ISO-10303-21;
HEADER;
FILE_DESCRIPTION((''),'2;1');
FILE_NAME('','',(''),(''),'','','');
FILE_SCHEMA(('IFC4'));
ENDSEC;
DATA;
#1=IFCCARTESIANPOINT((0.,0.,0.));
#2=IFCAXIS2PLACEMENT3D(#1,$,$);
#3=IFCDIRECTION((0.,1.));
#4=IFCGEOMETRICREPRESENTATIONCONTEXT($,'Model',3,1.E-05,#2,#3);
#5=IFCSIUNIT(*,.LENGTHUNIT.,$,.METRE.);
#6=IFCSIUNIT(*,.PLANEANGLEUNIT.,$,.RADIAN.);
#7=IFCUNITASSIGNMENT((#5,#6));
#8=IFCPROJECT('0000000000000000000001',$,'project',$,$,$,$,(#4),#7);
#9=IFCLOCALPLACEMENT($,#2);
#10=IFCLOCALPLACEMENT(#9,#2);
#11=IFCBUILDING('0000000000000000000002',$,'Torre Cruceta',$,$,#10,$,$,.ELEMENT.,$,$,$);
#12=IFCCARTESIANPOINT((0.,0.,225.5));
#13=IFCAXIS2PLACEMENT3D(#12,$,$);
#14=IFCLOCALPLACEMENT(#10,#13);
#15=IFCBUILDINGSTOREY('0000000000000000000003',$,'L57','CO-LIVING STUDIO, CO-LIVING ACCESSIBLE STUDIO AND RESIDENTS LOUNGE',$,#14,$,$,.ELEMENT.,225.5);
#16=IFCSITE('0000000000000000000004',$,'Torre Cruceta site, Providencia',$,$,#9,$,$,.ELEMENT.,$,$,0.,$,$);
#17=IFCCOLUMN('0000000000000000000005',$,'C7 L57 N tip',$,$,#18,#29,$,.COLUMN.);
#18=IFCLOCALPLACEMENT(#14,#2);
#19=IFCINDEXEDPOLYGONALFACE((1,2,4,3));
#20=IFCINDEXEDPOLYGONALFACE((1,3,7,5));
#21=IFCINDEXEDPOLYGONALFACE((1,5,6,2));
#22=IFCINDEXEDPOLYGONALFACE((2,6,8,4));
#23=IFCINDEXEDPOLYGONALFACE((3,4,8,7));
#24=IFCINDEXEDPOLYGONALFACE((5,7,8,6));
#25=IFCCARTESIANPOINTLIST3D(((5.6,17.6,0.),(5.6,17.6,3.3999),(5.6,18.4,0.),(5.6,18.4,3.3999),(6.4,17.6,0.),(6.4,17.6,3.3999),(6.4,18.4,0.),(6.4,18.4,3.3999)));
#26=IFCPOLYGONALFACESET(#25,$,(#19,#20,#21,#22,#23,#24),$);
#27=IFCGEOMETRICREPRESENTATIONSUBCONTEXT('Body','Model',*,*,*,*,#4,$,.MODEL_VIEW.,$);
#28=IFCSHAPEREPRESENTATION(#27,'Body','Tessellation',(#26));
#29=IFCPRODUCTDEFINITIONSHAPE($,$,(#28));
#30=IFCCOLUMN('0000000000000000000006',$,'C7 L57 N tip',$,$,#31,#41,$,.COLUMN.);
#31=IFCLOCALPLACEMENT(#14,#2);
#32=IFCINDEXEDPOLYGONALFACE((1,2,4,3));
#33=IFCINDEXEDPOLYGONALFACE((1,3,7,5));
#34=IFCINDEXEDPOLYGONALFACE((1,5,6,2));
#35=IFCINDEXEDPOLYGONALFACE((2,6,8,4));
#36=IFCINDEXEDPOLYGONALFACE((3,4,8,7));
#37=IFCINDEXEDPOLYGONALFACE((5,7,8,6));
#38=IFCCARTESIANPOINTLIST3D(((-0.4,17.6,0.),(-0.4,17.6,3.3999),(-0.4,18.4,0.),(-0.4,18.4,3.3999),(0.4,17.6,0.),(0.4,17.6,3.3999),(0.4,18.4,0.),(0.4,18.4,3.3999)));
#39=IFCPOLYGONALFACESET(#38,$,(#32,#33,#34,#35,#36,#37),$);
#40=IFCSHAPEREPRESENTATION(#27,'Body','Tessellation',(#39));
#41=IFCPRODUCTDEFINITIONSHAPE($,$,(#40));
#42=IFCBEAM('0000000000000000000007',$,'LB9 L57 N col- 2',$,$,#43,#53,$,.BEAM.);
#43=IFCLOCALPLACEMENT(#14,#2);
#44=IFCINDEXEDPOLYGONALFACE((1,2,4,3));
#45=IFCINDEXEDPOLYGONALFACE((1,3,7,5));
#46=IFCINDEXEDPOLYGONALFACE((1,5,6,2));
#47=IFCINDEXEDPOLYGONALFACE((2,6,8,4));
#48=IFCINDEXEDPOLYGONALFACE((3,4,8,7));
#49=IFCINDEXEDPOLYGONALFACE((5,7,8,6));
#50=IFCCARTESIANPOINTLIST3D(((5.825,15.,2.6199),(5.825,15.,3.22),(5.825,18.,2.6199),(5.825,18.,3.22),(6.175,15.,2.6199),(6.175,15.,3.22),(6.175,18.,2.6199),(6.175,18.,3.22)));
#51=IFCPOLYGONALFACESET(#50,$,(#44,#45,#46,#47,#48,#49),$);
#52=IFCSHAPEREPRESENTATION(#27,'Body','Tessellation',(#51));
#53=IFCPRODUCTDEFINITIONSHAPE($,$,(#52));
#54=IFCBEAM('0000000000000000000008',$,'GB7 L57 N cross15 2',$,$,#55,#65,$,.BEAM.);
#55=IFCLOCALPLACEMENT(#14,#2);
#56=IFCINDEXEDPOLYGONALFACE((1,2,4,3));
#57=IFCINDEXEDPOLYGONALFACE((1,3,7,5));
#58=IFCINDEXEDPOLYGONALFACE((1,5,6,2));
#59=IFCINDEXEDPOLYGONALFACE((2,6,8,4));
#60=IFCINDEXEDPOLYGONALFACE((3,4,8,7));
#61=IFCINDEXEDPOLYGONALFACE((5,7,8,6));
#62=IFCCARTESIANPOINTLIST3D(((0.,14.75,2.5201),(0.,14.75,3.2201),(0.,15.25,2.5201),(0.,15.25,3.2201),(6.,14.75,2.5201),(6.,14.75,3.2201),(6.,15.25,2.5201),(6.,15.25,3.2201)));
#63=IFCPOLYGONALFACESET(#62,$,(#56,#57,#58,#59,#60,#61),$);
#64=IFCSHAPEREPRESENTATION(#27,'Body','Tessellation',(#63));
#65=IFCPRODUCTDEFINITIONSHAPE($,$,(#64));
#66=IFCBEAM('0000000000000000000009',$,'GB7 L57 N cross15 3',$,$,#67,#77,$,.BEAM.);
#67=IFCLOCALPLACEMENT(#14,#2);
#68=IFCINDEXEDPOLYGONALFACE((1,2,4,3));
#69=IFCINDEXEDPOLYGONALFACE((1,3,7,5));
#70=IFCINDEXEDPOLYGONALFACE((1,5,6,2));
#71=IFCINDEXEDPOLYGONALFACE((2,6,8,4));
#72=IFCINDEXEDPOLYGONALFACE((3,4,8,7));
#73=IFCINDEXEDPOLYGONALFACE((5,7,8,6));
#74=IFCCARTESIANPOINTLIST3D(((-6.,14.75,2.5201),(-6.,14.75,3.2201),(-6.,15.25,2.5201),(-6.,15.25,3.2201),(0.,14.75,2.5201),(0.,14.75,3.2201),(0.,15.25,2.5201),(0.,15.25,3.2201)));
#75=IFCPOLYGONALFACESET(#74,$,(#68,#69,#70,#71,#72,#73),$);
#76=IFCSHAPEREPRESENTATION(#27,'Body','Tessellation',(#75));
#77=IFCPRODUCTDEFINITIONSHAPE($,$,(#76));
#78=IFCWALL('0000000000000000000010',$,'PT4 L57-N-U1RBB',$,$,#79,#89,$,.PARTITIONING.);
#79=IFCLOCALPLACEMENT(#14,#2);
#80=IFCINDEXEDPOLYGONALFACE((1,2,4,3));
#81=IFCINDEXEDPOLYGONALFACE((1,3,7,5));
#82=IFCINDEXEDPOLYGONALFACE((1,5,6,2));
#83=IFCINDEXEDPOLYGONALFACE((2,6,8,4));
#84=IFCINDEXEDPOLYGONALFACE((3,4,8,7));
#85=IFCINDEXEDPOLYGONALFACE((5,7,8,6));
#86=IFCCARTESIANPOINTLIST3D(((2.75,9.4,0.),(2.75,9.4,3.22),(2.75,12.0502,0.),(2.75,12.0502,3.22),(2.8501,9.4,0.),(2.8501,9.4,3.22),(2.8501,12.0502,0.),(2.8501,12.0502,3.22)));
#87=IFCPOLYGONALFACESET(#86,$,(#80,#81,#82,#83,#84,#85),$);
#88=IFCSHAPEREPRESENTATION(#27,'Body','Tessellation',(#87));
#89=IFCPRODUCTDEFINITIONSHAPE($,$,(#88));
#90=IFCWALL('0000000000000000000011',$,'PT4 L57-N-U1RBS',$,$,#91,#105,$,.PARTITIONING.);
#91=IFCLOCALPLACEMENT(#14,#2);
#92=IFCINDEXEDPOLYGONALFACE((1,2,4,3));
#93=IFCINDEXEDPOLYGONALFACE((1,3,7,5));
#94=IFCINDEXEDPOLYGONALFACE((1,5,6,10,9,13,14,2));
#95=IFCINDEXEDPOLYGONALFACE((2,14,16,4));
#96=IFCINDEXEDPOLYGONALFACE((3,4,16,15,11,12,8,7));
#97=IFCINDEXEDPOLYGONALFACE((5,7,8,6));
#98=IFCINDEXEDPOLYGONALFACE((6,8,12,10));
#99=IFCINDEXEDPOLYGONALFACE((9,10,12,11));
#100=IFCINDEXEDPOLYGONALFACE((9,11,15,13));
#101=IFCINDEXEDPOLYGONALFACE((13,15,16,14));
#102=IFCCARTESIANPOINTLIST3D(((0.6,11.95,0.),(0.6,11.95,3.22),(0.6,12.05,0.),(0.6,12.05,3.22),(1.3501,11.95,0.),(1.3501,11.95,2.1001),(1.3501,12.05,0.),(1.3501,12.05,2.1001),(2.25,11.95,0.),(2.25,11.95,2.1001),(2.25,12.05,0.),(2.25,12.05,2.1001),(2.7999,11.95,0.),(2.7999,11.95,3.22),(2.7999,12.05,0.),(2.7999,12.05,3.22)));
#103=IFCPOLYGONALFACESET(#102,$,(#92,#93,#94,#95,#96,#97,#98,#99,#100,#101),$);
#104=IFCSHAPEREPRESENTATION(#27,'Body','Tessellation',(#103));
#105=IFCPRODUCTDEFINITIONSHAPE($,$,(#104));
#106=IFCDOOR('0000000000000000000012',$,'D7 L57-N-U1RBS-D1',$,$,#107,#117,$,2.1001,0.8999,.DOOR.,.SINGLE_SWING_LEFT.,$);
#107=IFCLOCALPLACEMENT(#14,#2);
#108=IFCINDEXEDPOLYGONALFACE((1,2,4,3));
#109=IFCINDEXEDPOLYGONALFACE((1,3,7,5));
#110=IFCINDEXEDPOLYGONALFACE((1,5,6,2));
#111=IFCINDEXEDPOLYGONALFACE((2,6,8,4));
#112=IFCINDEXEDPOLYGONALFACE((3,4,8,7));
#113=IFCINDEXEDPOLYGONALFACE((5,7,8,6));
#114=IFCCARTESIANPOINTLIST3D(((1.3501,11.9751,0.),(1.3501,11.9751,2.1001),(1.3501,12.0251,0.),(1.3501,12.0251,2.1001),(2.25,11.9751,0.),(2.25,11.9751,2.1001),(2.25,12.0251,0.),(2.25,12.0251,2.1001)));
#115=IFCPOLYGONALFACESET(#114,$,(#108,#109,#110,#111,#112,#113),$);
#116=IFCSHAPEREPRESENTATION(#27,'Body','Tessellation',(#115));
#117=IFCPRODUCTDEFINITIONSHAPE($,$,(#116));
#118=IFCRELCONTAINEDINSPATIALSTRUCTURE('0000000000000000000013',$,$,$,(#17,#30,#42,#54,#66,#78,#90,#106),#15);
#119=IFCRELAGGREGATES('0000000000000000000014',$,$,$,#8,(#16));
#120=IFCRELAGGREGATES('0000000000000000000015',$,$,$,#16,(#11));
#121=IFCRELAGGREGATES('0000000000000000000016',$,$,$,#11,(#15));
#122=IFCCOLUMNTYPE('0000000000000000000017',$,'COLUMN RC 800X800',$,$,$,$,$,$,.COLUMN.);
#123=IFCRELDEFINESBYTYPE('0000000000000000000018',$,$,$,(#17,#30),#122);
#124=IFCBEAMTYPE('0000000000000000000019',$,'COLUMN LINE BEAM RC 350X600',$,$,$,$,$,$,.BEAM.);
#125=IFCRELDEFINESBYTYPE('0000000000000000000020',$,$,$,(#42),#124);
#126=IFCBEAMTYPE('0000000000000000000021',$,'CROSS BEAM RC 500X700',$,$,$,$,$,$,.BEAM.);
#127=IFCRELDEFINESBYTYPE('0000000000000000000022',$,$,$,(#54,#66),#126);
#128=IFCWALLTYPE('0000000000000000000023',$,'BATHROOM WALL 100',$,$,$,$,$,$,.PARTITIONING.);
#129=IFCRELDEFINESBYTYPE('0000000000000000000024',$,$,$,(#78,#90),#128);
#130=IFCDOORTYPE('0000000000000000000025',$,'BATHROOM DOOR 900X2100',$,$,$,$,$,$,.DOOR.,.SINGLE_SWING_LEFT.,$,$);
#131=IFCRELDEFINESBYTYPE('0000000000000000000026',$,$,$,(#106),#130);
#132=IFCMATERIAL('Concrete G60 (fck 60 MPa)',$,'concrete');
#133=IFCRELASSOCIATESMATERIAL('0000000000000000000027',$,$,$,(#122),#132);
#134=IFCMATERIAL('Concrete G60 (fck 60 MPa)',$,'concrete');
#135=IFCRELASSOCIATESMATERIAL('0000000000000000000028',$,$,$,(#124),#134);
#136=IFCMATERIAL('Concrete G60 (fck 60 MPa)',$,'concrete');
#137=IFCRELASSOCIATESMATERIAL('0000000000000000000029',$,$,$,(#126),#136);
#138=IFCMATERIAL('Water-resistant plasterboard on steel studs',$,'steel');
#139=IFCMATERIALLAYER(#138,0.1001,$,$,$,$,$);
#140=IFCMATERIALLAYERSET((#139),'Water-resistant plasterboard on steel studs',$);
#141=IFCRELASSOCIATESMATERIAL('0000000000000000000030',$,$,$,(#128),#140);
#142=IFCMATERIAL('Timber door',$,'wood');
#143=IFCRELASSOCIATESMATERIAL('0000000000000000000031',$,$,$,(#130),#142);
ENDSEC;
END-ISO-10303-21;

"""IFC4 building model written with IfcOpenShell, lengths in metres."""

from ifc_helpers import new_model, si_unit, direction, frame, frame_2d, origin, origin_2d, place, context, subcontext, project, spatial, rectangle, extrude, material, layer, layer_set, material_profile, profile_set, type_object, element, fill, save


model = new_model("IFC4")

# Units and contexts
model_context = context("Model", 3, precision=1e-05, world=origin(), true_north=direction((0.0, 1.0)))
body_context = subcontext(model_context, "Body", "Model", "MODEL_VIEW")
ifc_project = project(units=[si_unit("LENGTHUNIT", "METRE"), si_unit("PLANEANGLEUNIT", "RADIAN")], contexts=[model_context])

# Site, building, storey
site_placement = place(None, origin())
site = spatial("IfcSite", under=ifc_project, at=site_placement, Name="Torre Cruceta site, Providencia", CompositionType="ELEMENT", RefElevation=0.0)
building_placement = place(site_placement, origin())
building = spatial("IfcBuilding", under=site, at=building_placement, Name="Torre Cruceta", CompositionType="ELEMENT")
storey_placement = place(building_placement, frame((0.0, 0.0, 225.5)))
storey = spatial("IfcBuildingStorey", under=building, at=storey_placement, Name="L57", Description="CO-LIVING STUDIO, CO-LIVING ACCESSIBLE STUDIO AND RESIDENTS LOUNGE", CompositionType="ELEMENT", Elevation=225.5)

# Columns
ifc_material_1 = material(Name="Concrete G60 (fck 60 MPa)", Category="concrete")
ifc_material_profile_1 = material_profile(ifc_material_1, rectangle(XDim=0.8, YDim=0.8, at=origin_2d()), Name="RC 800X800")
ifc_profile_set_1 = profile_set([ifc_material_profile_1], Name="Concrete G60 (fck 60 MPa)")
column_type = type_object("IfcColumnType", Name="COLUMN RC 800X800", PredefinedType="COLUMN", material=ifc_profile_set_1)
for number, where, z_axis, x_axis, name in (
    (1, (6.0, 18.0, 0.0), (0.0, 0.0, 1.0), (1.0, 0.0, 0.0), "C7 L57 N tip"),
    (2, (0.0, 18.0, 0.0), (0.0, 0.0, 1.0), (1.0, 0.0, 0.0), "C7 L57 N tip"),
):
    element("IfcColumn", number, at=place(storey_placement, frame(where, z_axis=z_axis, x_axis=x_axis)), inside=storey, type_object=column_type, Name=name, PredefinedType="COLUMN", context=body_context, shape_type="SweptSolid", body=[
        extrude(rectangle(XDim=0.8, YDim=0.8, at=origin_2d()), origin(), (0.0, 0.0, 1.0), 3.3999),
    ])

# Beams
ifc_material_2 = material(Name="Concrete G60 (fck 60 MPa)", Category="concrete")
ifc_material_profile_2 = material_profile(ifc_material_2, rectangle(XDim=0.3501, YDim=0.6001, at=origin_2d()), Name="RC 350X600")
ifc_profile_set_2 = profile_set([ifc_material_profile_2], Name="Concrete G60 (fck 60 MPa)")
beam_type_1 = type_object("IfcBeamType", Name="COLUMN LINE BEAM RC 350X600", PredefinedType="BEAM", material=ifc_profile_set_2)
beam_placement = place(storey_placement, frame((6.0, 15.0, 2.9199), z_axis=(0.0, 1.0, 0.0), x_axis=(-1.0, 0.0, 0.0)))
element("IfcBeam", 3, at=beam_placement, inside=storey, type_object=beam_type_1, Name="LB9 L57 N col- 2", PredefinedType="BEAM", context=body_context, shape_type="SweptSolid", body=[
    extrude(rectangle(XDim=0.3501, YDim=0.6001, at=origin_2d()), origin(), (0.0, 0.0, 1.0), 3.0),
])
ifc_material_3 = material(Name="Concrete G60 (fck 60 MPa)", Category="concrete")
ifc_material_profile_3 = material_profile(ifc_material_3, rectangle(XDim=0.5, YDim=0.7, at=origin_2d()), Name="RC 500X700")
ifc_profile_set_3 = profile_set([ifc_material_profile_3], Name="Concrete G60 (fck 60 MPa)")
beam_type_2 = type_object("IfcBeamType", Name="CROSS BEAM RC 500X700", PredefinedType="BEAM", material=ifc_profile_set_3)
for number, where, z_axis, x_axis, name in (
    (4, (6.0, 15.0, 2.8701), (-1.0, 0.0, 0.0), (0.0, -1.0, 0.0), "GB7 L57 N cross15 2"),
    (5, (0.0, 15.0, 2.8701), (-1.0, 0.0, 0.0), (0.0, -1.0, 0.0), "GB7 L57 N cross15 3"),
):
    element("IfcBeam", number, at=place(storey_placement, frame(where, z_axis=z_axis, x_axis=x_axis)), inside=storey, type_object=beam_type_2, Name=name, PredefinedType="BEAM", context=body_context, shape_type="SweptSolid", body=[
        extrude(rectangle(XDim=0.5, YDim=0.7, at=origin_2d()), origin(), (0.0, 0.0, 1.0), 6.0),
    ])

# Wall
ifc_material_4 = material(Name="Water-resistant plasterboard on steel studs", Category="steel")
ifc_layer_1 = layer(ifc_material_4, 0.1001)
ifc_layer_set_1 = layer_set([ifc_layer_1], Name="Water-resistant plasterboard on steel studs")
wall_type_1 = type_object("IfcWallType", Name="BATHROOM WALL 100", PredefinedType="PARTITIONING", material=ifc_layer_set_1)
wall_1_placement = place(storey_placement, frame((2.8, 9.3999, 0.0), z_axis=(0.0, 0.0, 1.0), x_axis=(0.0, 1.0, 0.0)))
element("IfcWall", 6, at=wall_1_placement, inside=storey, type_object=wall_type_1, Name="PT4 L57-N-U1RBB", PredefinedType="PARTITIONING", context=body_context, shape_type="SweptSolid", body=[
    extrude(rectangle(XDim=2.6501, YDim=0.1001, at=frame_2d((1.3252, 0.0))), origin(), (0.0, 0.0, 1.0), 3.22),
])

# Wall, opening, door
wall_2_placement = place(storey_placement, frame((2.8, 12.0, 0.0), z_axis=(0.0, 0.0, 1.0), x_axis=(-1.0, 0.0, 0.0)))
wall_2 = element("IfcWall", 7, at=wall_2_placement, inside=storey, type_object=wall_type_1, Name="PT4 L57-N-U1RBS", PredefinedType="PARTITIONING", context=body_context, shape_type="SweptSolid", body=[
    extrude(rectangle(XDim=2.2, YDim=0.1001, at=frame_2d((1.1001, 0.0))), origin(), (0.0, 0.0, 1.0), 3.22),
])
opening_1_placement = place(wall_2_placement, frame((0.55, 0.0, 0.0)))
opening_1 = element("IfcOpeningElement", 8, at=opening_1_placement, cuts=wall_2, PredefinedType="OPENING", context=body_context, shape_type="SweptSolid", body=[
    extrude(rectangle(XDim=0.8999, YDim=2.1001, at=frame_2d((0.45, 1.05))), frame((0.0, 0.0601, 0.0), z_axis=(0.0, -1.0, 0.0), x_axis=(1.0, 0.0, 0.0)), (0.0, 0.0, 1.0), 0.1201),
])
ifc_material_5 = material(Name="Timber door", Category="wood")
door_type_1 = type_object("IfcDoorType", Name="BATHROOM DOOR 900X2100", OperationType="SINGLE_SWING_LEFT", PredefinedType="DOOR", material=ifc_material_5)
door_1_placement = place(opening_1_placement, origin())
door_1 = element("IfcDoor", 9, at=door_1_placement, inside=storey, type_object=door_type_1, Name="D7 L57-N-U1RBS-D1", OperationType="SINGLE_SWING_LEFT", OverallHeight=2.1001, OverallWidth=0.8999, PredefinedType="DOOR", context=body_context, shape_type="SweptSolid", body=[
    extrude(rectangle(XDim=0.8999, YDim=2.1001, at=frame_2d((0.45, 1.05))), frame((0.0, 0.0249, 0.0), z_axis=(0.0, -1.0, 0.0), x_axis=(1.0, 0.0, 0.0)), (0.0, 0.0, 1.0), 0.05),
])
fill(opening_1, door_1)

save(model, "model.ifc")
